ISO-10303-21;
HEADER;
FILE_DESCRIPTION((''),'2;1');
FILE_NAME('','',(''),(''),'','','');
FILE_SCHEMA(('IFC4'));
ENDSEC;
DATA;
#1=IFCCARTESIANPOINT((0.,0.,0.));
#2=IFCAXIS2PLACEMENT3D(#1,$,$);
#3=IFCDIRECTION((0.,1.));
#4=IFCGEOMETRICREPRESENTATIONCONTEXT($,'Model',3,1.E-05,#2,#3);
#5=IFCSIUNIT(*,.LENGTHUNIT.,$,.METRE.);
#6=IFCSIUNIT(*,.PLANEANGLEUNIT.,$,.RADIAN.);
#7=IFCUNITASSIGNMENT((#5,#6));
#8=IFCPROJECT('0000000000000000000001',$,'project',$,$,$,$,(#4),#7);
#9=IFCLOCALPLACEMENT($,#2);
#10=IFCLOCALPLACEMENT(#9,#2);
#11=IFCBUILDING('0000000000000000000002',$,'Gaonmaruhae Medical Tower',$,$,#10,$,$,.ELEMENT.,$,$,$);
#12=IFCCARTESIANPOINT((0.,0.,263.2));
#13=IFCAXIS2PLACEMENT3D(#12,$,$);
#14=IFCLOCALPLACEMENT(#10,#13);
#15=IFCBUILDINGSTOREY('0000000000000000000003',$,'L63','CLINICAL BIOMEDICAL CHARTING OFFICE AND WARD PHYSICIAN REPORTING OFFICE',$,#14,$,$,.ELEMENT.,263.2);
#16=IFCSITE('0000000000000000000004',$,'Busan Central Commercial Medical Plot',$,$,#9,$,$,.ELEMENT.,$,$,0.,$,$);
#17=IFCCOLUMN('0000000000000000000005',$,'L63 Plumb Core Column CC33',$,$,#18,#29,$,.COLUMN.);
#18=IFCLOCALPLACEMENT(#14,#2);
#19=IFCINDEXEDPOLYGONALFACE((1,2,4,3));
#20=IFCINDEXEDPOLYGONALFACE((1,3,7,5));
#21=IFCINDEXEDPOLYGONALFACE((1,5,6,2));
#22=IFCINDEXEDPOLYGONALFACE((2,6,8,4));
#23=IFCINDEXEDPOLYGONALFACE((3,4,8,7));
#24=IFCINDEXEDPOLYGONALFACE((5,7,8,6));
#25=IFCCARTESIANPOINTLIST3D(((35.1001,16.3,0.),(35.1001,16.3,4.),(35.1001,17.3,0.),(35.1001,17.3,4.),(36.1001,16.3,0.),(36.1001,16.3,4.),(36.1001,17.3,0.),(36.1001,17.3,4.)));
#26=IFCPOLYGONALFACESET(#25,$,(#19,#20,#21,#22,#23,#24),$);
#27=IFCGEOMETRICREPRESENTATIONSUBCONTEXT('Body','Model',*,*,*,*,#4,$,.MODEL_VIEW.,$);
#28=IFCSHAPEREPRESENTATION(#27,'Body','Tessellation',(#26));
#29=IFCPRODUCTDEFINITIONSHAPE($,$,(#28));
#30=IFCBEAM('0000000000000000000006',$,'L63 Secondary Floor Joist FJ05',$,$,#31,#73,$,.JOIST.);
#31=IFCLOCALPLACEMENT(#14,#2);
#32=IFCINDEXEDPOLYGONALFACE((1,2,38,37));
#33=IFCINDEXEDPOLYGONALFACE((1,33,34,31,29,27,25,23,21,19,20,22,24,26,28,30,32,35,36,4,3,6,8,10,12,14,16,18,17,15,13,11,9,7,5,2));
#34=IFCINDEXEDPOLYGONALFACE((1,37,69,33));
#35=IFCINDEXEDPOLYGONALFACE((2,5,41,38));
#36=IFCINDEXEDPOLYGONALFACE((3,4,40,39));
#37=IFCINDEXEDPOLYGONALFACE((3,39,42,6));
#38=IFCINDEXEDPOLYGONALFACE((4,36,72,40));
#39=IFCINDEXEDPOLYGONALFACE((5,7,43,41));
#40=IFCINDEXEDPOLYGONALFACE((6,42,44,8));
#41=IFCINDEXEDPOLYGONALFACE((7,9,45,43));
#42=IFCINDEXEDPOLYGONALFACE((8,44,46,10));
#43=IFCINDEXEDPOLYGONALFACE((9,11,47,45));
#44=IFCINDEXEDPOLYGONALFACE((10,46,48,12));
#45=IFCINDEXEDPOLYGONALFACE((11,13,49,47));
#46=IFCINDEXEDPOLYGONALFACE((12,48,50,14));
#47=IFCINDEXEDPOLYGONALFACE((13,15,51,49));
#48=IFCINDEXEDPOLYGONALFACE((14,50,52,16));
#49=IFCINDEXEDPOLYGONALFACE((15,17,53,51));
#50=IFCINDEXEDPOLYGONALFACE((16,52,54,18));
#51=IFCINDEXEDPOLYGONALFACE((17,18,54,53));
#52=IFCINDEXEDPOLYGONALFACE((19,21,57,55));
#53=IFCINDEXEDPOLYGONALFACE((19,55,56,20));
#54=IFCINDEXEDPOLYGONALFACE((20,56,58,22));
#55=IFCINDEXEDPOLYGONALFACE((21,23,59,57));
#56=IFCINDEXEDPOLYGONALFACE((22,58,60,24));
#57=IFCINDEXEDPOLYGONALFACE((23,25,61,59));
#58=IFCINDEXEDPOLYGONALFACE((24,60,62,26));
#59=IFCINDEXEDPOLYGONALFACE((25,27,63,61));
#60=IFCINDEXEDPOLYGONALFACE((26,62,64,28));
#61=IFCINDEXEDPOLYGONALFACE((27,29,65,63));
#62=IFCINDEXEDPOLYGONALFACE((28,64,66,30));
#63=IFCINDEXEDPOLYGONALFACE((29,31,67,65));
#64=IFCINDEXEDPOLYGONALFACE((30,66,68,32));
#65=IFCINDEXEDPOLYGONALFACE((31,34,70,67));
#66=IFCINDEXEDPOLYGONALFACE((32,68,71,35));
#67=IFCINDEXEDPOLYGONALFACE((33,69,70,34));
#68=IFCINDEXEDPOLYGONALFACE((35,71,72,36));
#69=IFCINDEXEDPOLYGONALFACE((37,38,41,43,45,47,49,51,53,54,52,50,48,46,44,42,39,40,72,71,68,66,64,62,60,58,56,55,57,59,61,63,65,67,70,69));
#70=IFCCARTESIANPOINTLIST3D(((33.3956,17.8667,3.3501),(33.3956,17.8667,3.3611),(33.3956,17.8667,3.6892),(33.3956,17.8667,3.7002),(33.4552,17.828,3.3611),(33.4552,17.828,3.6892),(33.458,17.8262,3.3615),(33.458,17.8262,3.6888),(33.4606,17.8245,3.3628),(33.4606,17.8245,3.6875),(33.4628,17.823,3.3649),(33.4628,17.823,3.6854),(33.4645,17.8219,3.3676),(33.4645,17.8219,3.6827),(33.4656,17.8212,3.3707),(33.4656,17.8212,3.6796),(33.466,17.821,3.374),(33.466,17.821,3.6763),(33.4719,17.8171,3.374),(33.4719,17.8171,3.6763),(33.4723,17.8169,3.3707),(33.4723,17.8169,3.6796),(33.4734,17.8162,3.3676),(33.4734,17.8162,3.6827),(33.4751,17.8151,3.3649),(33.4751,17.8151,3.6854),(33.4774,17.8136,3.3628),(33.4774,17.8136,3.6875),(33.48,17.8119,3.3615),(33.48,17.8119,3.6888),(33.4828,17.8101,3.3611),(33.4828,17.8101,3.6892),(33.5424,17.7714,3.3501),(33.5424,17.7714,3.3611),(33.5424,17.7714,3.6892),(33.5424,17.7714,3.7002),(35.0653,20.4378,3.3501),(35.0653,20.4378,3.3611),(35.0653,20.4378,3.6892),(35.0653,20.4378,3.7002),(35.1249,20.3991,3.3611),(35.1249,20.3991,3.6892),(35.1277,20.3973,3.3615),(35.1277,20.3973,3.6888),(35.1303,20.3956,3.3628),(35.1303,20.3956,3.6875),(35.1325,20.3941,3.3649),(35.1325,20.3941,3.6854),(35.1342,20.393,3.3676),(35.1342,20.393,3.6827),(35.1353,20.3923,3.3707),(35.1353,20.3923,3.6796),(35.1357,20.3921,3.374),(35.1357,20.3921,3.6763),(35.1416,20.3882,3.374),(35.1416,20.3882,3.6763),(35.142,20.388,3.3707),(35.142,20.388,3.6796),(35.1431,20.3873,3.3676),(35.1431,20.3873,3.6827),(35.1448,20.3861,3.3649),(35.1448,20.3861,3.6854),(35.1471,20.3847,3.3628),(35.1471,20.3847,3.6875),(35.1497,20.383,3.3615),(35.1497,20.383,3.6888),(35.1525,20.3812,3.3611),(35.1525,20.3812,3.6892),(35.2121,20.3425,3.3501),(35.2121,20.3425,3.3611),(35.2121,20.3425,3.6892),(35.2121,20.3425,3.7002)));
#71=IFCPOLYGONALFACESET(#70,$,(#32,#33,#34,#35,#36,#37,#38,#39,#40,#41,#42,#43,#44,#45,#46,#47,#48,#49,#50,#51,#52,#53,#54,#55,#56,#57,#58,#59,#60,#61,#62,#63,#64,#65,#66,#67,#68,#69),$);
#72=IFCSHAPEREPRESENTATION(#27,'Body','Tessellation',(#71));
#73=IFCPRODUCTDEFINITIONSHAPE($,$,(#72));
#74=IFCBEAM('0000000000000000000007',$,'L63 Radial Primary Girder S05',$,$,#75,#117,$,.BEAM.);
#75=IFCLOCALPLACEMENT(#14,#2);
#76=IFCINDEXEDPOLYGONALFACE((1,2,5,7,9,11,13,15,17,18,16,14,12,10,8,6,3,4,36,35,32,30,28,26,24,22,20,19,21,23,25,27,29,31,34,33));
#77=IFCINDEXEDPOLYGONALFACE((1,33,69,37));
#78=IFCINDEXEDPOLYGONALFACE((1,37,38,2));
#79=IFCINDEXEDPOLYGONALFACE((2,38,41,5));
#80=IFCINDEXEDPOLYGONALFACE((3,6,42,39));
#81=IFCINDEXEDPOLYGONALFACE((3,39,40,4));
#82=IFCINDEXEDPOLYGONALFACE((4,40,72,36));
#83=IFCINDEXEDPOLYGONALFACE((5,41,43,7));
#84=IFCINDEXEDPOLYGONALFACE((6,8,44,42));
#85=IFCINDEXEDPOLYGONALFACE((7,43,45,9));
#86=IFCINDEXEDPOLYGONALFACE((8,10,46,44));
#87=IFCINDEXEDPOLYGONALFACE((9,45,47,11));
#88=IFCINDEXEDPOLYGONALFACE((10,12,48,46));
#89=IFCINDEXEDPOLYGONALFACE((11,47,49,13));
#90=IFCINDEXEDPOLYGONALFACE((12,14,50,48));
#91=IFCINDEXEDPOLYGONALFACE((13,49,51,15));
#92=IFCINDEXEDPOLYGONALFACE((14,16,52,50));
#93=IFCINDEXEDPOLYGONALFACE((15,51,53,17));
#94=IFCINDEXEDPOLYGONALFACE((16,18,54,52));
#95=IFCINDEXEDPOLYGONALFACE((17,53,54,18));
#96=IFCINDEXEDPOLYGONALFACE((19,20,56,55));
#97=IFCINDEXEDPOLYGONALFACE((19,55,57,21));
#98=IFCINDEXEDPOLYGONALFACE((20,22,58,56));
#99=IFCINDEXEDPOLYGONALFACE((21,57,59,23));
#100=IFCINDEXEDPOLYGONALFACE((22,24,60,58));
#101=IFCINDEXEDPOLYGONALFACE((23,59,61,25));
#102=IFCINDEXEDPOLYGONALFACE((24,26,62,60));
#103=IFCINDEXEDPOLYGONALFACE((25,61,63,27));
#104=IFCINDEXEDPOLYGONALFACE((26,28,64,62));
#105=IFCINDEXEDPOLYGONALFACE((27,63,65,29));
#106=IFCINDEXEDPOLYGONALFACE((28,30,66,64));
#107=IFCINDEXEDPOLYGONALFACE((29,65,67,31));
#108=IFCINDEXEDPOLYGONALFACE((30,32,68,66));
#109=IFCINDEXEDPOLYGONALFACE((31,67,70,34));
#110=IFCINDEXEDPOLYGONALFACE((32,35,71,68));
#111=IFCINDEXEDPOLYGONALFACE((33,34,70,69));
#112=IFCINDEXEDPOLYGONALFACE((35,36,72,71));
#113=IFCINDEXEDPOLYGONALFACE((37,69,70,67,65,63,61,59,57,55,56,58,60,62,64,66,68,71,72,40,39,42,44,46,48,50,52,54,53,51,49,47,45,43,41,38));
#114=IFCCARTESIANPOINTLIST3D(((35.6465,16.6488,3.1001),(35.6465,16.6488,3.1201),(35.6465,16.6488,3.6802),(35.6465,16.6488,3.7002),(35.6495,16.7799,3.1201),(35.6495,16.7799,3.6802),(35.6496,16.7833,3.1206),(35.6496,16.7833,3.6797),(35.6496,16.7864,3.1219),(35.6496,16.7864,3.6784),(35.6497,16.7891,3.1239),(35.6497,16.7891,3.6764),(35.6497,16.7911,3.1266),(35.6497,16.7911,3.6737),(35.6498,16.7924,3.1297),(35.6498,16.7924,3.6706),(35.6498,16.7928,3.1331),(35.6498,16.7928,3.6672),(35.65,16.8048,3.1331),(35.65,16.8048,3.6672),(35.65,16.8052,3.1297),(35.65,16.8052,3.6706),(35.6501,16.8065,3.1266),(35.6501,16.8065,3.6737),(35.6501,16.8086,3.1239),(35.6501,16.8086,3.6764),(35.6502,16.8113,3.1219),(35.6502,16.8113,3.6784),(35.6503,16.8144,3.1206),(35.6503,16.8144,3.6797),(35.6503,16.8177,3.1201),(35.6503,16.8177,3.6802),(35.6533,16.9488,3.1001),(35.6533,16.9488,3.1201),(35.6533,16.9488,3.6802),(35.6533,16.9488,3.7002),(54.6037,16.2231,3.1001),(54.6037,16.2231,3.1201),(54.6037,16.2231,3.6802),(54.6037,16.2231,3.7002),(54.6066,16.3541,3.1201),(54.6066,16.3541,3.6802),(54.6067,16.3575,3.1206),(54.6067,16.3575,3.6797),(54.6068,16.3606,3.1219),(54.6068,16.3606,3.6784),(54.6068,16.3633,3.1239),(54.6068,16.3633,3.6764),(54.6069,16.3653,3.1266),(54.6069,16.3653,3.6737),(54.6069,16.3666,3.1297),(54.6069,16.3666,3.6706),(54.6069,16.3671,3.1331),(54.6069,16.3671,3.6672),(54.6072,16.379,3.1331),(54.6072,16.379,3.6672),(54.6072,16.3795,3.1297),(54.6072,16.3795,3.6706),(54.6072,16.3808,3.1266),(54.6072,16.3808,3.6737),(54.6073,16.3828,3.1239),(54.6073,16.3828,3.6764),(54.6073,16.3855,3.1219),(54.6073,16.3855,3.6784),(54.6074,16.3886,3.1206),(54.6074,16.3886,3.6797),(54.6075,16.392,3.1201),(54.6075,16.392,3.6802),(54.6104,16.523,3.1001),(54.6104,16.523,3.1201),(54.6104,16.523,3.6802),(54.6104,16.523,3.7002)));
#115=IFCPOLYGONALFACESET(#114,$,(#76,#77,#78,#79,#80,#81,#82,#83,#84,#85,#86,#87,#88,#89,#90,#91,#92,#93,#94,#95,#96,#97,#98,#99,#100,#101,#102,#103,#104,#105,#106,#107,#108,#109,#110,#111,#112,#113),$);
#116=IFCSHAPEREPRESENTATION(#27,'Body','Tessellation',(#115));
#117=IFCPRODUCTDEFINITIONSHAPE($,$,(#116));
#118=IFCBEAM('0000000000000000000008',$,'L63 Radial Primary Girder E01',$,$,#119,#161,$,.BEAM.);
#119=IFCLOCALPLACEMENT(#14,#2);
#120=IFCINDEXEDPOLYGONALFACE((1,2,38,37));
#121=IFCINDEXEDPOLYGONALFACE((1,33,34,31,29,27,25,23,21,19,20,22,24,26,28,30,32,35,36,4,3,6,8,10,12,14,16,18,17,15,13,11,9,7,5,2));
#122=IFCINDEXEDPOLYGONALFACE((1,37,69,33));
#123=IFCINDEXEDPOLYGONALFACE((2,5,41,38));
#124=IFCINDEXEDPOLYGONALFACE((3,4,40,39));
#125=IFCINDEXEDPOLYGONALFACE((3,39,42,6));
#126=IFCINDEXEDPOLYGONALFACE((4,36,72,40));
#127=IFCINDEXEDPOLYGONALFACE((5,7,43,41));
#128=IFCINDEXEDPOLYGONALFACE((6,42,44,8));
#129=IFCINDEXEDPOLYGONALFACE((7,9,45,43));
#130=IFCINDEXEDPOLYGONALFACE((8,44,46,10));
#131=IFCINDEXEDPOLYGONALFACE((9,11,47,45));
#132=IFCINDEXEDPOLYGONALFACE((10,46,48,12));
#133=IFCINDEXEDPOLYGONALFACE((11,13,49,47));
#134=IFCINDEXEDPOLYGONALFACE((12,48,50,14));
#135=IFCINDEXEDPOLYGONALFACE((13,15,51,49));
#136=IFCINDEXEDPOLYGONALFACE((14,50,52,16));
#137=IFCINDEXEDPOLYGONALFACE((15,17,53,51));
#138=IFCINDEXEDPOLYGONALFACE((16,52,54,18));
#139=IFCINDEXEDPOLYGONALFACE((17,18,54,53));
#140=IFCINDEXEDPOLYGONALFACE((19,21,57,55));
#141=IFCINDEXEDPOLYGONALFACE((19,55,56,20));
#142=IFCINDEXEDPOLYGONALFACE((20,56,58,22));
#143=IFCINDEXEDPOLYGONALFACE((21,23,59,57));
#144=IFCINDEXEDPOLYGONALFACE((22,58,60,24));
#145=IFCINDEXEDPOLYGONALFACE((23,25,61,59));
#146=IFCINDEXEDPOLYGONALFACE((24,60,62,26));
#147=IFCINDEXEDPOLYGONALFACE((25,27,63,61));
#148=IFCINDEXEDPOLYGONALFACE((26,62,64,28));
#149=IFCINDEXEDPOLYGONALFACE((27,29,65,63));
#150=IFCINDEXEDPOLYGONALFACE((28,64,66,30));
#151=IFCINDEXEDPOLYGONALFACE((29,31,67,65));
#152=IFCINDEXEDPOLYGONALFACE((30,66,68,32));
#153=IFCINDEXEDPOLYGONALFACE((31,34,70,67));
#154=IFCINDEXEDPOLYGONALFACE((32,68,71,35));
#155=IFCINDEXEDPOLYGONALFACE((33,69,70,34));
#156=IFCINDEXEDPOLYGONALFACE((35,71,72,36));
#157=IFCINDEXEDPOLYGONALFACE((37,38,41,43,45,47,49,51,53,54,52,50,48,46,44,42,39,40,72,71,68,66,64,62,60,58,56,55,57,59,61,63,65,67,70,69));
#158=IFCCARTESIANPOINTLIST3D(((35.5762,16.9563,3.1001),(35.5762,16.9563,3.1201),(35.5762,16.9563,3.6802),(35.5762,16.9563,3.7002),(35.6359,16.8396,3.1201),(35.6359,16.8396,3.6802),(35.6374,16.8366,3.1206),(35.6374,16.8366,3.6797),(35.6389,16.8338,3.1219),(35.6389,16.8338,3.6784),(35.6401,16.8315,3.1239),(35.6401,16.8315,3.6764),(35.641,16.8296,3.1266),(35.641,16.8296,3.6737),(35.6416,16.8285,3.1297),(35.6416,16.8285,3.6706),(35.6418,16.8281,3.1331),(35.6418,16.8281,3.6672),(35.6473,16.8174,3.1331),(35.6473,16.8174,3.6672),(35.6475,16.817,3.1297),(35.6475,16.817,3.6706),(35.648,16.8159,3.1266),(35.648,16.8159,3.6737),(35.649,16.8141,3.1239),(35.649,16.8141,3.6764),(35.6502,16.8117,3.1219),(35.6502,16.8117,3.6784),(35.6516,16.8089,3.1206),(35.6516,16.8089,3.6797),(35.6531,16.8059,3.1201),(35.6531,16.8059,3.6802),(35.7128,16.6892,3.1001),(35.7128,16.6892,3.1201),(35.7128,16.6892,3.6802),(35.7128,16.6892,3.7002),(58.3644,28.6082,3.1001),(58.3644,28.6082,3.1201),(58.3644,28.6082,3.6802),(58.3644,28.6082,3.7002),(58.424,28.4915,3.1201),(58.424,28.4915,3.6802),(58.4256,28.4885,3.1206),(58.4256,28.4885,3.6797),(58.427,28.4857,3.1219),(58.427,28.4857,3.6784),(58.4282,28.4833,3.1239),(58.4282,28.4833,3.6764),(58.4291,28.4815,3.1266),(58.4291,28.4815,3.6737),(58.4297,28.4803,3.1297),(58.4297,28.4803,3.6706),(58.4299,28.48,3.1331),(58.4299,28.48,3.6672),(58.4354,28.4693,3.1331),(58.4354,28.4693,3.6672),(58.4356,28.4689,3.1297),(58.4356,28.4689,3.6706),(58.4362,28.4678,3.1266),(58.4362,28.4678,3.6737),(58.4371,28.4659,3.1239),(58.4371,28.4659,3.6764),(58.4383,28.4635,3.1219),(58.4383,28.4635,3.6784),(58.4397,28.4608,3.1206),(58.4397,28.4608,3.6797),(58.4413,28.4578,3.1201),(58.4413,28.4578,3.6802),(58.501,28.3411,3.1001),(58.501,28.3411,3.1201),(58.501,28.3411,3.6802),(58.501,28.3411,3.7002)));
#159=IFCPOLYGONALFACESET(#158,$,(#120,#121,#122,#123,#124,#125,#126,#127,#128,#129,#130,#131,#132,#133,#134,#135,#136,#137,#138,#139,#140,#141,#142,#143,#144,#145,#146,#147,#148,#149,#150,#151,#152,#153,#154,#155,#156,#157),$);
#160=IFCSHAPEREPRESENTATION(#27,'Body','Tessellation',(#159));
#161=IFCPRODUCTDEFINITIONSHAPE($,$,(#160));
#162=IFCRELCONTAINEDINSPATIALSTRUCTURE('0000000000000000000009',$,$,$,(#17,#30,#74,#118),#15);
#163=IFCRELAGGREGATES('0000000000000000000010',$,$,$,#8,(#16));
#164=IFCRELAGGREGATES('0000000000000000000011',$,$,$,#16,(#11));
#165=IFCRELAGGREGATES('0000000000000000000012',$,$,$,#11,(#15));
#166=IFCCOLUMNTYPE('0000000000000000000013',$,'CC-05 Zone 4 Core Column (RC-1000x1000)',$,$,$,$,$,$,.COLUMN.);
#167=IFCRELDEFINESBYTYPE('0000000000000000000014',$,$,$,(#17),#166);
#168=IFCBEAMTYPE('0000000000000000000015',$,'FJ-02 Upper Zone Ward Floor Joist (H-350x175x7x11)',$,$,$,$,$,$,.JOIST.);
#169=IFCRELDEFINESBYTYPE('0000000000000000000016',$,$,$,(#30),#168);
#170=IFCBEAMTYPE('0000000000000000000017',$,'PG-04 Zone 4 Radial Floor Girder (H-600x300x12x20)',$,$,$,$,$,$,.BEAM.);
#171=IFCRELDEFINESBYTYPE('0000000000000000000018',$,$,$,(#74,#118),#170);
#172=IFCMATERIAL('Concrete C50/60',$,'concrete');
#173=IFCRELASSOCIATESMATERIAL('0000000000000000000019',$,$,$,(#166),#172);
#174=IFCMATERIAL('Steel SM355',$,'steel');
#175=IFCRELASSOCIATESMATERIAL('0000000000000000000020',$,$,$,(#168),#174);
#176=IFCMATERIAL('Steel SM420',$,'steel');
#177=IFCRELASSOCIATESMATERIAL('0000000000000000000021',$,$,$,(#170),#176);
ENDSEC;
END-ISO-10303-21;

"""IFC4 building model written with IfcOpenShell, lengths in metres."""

from ifc_helpers import new_model, si_unit, direction, frame, origin, origin_2d, place, context, subcontext, project, spatial, rectangle, i_section, extrude, material, material_profile, profile_set, type_object, element, save


model = new_model("IFC4")

# Units and contexts
model_context = context("Model", 3, precision=1e-05, world=origin(), true_north=direction((0.0, 1.0)))
body_context = subcontext(model_context, "Body", "Model", "MODEL_VIEW")
ifc_project = project(units=[si_unit("LENGTHUNIT", "METRE"), si_unit("PLANEANGLEUNIT", "RADIAN")], contexts=[model_context])

# Site, building, storey
site_placement = place(None, origin())
site = spatial("IfcSite", under=ifc_project, at=site_placement, Name="Busan Central Commercial Medical Plot", CompositionType="ELEMENT", RefElevation=0.0)
building_placement = place(site_placement, origin())
building = spatial("IfcBuilding", under=site, at=building_placement, Name="Gaonmaruhae Medical Tower", CompositionType="ELEMENT")
storey_placement = place(building_placement, frame((0.0, 0.0, 263.2)))
storey = spatial("IfcBuildingStorey", under=building, at=storey_placement, Name="L63", Description="CLINICAL BIOMEDICAL CHARTING OFFICE AND WARD PHYSICIAN REPORTING OFFICE", CompositionType="ELEMENT", Elevation=263.2)

# Column
ifc_material_1 = material(Name="Concrete C50/60", Category="concrete")
ifc_material_profile_1 = material_profile(ifc_material_1, rectangle(XDim=1.0, YDim=1.0, at=origin_2d()), Name="RC-1000x1000")
ifc_profile_set_1 = profile_set([ifc_material_profile_1], Name="Concrete C50/60")
column_type = type_object("IfcColumnType", Name="CC-05 Zone 4 Core Column (RC-1000x1000)", PredefinedType="COLUMN", material=ifc_profile_set_1)
column_placement = place(storey_placement, frame((35.6001, 16.8, 0.0), z_axis=(0.0, 0.0, 1.0), x_axis=(1.0, 0.0, 0.0)))
element("IfcColumn", 1, at=column_placement, inside=storey, type_object=column_type, Name="L63 Plumb Core Column CC33", PredefinedType="COLUMN", context=body_context, shape_type="SweptSolid", body=[
    extrude(rectangle(XDim=1.0, YDim=1.0, at=origin_2d()), origin(), (0.0, 0.0, 1.0), 4.0),
])

# Beams
ifc_material_2 = material(Name="Steel SM355", Category="steel")
ifc_material_profile_2 = material_profile(ifc_material_2, i_section(OverallWidth=0.175, OverallDepth=0.3501, WebThickness=0.0071, FlangeThickness=0.011, FilletRadius=0.0129, at=origin_2d()), Name="H-350x175x7x11")
ifc_profile_set_2 = profile_set([ifc_material_profile_2], Name="Steel SM355")
beam_type_1 = type_object("IfcBeamType", Name="FJ-02 Upper Zone Ward Floor Joist (H-350x175x7x11)", PredefinedType="JOIST", material=ifc_profile_set_2)
beam_1_placement = place(storey_placement, frame((35.1387, 20.3901, 3.5251), z_axis=(-0.544644, -0.838667, 0.0), x_axis=(0.838667, -0.544644, 0.0)))
element("IfcBeam", 2, at=beam_1_placement, inside=storey, type_object=beam_type_1, Name="L63 Secondary Floor Joist FJ05", PredefinedType="JOIST", context=body_context, shape_type="SweptSolid", body=[
    extrude(i_section(OverallWidth=0.175, OverallDepth=0.3501, WebThickness=0.0071, FlangeThickness=0.011, FilletRadius=0.0129, at=origin_2d()), origin(), (0.0, 0.0, 1.0), 3.0657),
])
ifc_material_3 = material(Name="Steel SM420", Category="steel")
ifc_material_profile_3 = material_profile(ifc_material_3, i_section(OverallWidth=0.3, OverallDepth=0.6001, WebThickness=0.012, FlangeThickness=0.02, FilletRadius=0.0129, at=origin_2d()), Name="H-600x300x12x20")
ifc_profile_set_3 = profile_set([ifc_material_profile_3], Name="Steel SM420")
beam_type_2 = type_object("IfcBeamType", Name="PG-04 Zone 4 Radial Floor Girder (H-600x300x12x20)", PredefinedType="BEAM", material=ifc_profile_set_3)
beam_2_placement = place(storey_placement, frame((35.6499, 16.7988, 3.4001), z_axis=(0.999748, -0.022455, 0.0), x_axis=(0.022455, 0.999748, 0.0)))
element("IfcBeam", 3, at=beam_2_placement, inside=storey, type_object=beam_type_2, Name="L63 Radial Primary Girder S05", PredefinedType="BEAM", context=body_context, shape_type="SweptSolid", body=[
    extrude(i_section(OverallWidth=0.3, OverallDepth=0.6001, WebThickness=0.012, FlangeThickness=0.02, FilletRadius=0.0129, at=origin_2d()), origin(), (0.0, 0.0, 1.0), 18.9619),
])
beam_3_placement = place(storey_placement, frame((35.6445, 16.8228, 3.4001), z_axis=(0.890362, 0.455254, 0.0), x_axis=(-0.455254, 0.890362, 0.0)))
element("IfcBeam", 4, at=beam_3_placement, inside=storey, type_object=beam_type_2, Name="L63 Radial Primary Girder E01", PredefinedType="BEAM", context=body_context, shape_type="SweptSolid", body=[
    extrude(i_section(OverallWidth=0.3, OverallDepth=0.6001, WebThickness=0.012, FlangeThickness=0.02, FilletRadius=0.0129, at=origin_2d()), origin(), (0.0, 0.0, 1.0), 25.5942),
])

save(model, "model.ifc")
